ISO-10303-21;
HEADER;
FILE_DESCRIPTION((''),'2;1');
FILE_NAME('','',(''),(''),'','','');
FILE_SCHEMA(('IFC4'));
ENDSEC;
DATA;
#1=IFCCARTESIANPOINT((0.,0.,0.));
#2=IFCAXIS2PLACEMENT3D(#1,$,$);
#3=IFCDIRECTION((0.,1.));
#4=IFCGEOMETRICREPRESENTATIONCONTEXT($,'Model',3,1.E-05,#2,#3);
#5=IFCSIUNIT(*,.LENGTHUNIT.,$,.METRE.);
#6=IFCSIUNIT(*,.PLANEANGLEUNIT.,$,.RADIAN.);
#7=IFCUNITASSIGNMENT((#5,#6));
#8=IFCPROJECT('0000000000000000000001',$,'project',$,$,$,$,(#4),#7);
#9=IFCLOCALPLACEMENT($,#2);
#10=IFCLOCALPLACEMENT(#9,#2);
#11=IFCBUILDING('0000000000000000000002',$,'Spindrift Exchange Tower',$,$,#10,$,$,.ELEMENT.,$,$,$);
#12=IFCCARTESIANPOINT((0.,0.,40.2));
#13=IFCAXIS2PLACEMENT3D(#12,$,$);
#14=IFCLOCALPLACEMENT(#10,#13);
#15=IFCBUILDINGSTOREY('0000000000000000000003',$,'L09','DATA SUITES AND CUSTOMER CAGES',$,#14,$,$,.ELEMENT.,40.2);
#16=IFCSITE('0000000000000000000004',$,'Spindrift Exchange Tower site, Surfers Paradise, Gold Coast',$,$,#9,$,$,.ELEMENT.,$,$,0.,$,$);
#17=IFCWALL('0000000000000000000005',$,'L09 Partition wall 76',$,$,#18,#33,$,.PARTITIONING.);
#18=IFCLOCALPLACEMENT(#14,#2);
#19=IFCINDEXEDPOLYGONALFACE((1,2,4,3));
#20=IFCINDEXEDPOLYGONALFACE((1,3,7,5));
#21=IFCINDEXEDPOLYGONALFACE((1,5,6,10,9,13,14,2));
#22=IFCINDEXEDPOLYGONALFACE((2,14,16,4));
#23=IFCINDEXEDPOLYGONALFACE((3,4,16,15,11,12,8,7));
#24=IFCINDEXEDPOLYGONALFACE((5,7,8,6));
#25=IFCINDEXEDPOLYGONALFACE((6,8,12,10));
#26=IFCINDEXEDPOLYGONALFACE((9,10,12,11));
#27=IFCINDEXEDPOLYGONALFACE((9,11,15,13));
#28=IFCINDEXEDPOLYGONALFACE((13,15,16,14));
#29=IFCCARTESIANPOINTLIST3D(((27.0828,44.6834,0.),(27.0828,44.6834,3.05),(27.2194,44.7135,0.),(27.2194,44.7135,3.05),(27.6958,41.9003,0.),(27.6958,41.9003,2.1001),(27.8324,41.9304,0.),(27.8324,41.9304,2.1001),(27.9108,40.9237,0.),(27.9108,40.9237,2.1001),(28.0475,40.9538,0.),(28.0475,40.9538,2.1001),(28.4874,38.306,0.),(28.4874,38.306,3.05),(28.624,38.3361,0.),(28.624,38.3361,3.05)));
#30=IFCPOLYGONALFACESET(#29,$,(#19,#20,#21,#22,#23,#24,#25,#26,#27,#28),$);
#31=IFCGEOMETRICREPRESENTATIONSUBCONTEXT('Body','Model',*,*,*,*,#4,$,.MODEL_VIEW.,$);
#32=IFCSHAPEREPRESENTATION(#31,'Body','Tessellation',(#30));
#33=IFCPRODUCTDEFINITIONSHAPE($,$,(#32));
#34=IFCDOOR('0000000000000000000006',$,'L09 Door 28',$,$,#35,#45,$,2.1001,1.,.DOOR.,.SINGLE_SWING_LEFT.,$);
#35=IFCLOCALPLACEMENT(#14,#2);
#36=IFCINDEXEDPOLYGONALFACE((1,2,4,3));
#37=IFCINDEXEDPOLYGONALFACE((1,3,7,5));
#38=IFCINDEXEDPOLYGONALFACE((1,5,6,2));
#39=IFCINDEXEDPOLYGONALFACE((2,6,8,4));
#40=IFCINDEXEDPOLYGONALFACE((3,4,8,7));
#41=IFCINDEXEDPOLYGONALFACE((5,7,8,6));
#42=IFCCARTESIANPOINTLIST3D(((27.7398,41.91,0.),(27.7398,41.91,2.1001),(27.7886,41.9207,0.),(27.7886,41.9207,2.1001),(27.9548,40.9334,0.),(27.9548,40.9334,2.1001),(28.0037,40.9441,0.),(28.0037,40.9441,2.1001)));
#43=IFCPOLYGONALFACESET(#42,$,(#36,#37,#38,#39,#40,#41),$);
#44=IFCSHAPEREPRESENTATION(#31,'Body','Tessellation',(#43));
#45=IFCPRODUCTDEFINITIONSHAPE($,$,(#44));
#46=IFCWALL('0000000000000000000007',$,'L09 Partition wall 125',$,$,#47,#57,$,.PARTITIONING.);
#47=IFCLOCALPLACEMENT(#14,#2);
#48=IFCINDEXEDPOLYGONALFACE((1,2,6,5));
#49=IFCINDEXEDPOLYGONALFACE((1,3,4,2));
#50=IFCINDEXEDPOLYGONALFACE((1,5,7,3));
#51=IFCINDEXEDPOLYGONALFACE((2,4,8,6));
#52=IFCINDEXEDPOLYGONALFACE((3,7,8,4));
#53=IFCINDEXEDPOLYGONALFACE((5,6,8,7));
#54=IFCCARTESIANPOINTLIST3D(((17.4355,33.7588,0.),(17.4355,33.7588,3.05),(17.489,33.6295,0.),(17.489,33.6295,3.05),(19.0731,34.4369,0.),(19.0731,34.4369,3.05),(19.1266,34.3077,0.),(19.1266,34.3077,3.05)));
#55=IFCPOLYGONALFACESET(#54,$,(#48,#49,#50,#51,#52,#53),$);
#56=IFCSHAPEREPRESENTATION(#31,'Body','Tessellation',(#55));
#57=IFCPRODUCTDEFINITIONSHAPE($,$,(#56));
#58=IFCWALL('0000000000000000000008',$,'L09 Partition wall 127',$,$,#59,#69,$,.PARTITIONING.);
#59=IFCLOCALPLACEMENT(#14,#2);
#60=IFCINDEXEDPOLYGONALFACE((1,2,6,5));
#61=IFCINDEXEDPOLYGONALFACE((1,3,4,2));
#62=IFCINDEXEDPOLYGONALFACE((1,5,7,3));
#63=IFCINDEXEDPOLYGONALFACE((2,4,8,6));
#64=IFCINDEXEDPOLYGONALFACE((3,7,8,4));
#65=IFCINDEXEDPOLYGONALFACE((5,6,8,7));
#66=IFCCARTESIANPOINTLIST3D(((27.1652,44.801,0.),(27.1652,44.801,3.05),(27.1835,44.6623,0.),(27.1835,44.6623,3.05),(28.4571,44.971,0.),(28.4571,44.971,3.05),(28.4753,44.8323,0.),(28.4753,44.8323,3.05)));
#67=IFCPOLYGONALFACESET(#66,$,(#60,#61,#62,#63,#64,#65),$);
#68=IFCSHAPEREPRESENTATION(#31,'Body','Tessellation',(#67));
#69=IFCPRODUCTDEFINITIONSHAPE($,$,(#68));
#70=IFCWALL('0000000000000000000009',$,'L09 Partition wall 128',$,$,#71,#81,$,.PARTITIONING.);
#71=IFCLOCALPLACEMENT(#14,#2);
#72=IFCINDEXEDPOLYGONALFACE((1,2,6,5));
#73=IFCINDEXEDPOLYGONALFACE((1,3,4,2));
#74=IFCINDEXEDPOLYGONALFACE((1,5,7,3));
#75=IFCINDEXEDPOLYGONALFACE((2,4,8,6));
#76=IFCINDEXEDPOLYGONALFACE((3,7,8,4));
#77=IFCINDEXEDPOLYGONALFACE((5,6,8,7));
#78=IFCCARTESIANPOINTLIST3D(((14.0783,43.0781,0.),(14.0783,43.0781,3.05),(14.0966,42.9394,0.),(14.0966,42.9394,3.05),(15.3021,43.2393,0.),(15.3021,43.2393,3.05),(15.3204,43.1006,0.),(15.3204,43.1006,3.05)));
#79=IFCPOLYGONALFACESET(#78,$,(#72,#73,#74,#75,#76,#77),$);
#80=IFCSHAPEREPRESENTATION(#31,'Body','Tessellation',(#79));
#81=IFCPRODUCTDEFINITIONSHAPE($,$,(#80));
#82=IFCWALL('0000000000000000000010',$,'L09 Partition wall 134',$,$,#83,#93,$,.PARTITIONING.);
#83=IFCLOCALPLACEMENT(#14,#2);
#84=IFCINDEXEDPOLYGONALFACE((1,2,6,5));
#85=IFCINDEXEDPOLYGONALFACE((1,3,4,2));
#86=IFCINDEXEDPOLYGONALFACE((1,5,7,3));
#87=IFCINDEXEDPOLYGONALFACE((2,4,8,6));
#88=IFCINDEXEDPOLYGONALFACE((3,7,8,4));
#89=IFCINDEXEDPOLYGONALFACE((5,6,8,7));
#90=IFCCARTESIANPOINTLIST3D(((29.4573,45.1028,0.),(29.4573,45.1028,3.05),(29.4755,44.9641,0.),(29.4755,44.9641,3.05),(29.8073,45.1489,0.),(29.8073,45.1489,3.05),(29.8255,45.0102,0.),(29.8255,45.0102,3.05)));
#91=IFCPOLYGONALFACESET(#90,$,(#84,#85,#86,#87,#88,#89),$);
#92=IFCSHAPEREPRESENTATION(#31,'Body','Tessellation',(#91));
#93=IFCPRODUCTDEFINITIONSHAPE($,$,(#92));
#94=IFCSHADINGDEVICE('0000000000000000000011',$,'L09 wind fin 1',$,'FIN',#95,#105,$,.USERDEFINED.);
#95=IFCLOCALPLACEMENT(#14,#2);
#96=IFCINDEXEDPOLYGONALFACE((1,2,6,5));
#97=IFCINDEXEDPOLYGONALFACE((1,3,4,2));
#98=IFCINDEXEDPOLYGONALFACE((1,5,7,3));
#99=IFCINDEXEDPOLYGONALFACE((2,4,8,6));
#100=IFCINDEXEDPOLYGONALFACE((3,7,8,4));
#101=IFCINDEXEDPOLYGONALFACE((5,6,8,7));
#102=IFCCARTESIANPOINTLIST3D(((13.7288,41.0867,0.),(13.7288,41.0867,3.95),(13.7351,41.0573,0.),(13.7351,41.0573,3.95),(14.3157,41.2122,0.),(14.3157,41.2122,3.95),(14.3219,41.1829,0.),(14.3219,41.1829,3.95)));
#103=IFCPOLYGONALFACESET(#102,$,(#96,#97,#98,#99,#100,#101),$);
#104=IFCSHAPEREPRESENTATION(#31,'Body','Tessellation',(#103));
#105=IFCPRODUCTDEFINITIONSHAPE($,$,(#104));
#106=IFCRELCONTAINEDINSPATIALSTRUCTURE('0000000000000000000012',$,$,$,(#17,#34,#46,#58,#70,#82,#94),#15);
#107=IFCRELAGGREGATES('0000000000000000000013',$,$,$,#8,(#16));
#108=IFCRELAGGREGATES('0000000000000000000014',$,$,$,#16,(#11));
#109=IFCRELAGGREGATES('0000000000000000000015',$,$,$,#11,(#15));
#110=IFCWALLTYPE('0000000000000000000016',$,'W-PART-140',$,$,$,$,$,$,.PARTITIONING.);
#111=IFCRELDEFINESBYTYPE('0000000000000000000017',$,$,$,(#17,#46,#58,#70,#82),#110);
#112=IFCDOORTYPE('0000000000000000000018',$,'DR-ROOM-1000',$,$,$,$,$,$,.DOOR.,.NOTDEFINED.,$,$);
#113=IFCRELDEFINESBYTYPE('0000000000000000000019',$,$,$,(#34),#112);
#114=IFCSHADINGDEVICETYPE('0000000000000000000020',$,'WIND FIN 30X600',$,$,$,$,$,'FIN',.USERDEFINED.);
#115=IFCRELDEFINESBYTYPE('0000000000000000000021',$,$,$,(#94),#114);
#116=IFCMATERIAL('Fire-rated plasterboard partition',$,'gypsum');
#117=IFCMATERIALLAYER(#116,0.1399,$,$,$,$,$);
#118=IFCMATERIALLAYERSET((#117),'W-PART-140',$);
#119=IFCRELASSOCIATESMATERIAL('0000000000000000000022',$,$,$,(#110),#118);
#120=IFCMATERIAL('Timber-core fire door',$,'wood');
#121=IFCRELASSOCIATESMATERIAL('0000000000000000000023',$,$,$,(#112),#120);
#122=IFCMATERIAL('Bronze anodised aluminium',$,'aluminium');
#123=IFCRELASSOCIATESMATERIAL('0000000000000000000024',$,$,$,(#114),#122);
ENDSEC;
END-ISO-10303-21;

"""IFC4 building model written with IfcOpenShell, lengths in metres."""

from ifc_helpers import new_model, si_unit, direction, frame, frame_2d, origin, origin_2d, place, context, subcontext, project, spatial, rectangle, extrude, source, transform, mapped, material, layer, layer_set, material_profile, profile_set, type_object, element, fill, save


model = new_model("IFC4")

# Units and contexts
model_context = context("Model", 3, precision=1e-05, world=origin(), true_north=direction((0.0, 1.0)))
body_context = subcontext(model_context, "Body", "Model", "MODEL_VIEW")
ifc_project = project(units=[si_unit("LENGTHUNIT", "METRE"), si_unit("PLANEANGLEUNIT", "RADIAN")], contexts=[model_context])

# Site, building, storey
site_placement = place(None, origin())
site = spatial("IfcSite", under=ifc_project, at=site_placement, Name="Spindrift Exchange Tower site, Surfers Paradise, Gold Coast", CompositionType="ELEMENT", RefElevation=0.0)
building_placement = place(site_placement, origin())
building = spatial("IfcBuilding", under=site, at=building_placement, Name="Spindrift Exchange Tower", CompositionType="ELEMENT")
storey_placement = place(building_placement, frame((0.0, 0.0, 40.2)))
storey = spatial("IfcBuildingStorey", under=building, at=storey_placement, Name="L09", Description="DATA SUITES AND CUSTOMER CAGES", CompositionType="ELEMENT", Elevation=40.2)

# Shared definitions
ifc_material_1 = material(Name="Bronze anodised aluminium", Category="aluminium")

# Shared definitions
ifc_material_2 = material(Name="Fire-rated plasterboard partition", Category="gypsum")
ifc_layer_1 = layer(ifc_material_2, 0.1399)
ifc_layer_set_1 = layer_set([ifc_layer_1], Name="W-PART-140")
wall_type = type_object("IfcWallType", Name="W-PART-140", PredefinedType="PARTITIONING", material=ifc_layer_set_1)
ifc_material_3 = material(Name="Timber-core fire door", Category="wood")
door_type = type_object("IfcDoorType", Name="DR-ROOM-1000", OperationType="NOTDEFINED", PredefinedType="DOOR", material=ifc_material_3)
shared_shape_1 = source(origin(), body_context, "Body", "SweptSolid", [
    extrude(rectangle(XDim=1.0, YDim=2.1001, at=frame_2d((0.5, 1.05))), frame((0.0, 0.0249, 0.0), z_axis=(0.0, -1.0, 0.0), x_axis=(1.0, 0.0, 0.0)), (0.0, 0.0, 1.0), 0.05),
])

# Wall, opening, door
wall_1_placement = place(storey_placement, frame((28.5557, 38.321, 0.0), z_axis=(0.0, 0.0, 1.0), x_axis=(-0.215081, 0.976596, 0.0)))
wall_1 = element("IfcWall", 1, at=wall_1_placement, inside=storey, type_object=wall_type, Name="L09 Partition wall 76", PredefinedType="PARTITIONING", context=body_context, shape_type="SweptSolid", body=[
    extrude(rectangle(XDim=6.5303, YDim=0.1399, at=frame_2d((3.2651, 0.0))), origin(), (0.0, 0.0, 1.0), 3.05),
])
opening_1_placement = place(wall_1_placement, frame((2.6804, 0.0, 0.0)))
opening_1 = element("IfcOpeningElement", 2, at=opening_1_placement, cuts=wall_1, PredefinedType="OPENING", context=body_context, shape_type="SweptSolid", body=[
    extrude(rectangle(XDim=1.0, YDim=2.1001, at=frame_2d((0.5, 1.05))), frame((0.0, 0.0798, 0.0), z_axis=(0.0, -1.0, 0.0), x_axis=(1.0, 0.0, 0.0)), (0.0, 0.0, 1.0), 0.1599),
])
door_1_placement = place(opening_1_placement, origin())
door_1 = element("IfcDoor", 3, at=door_1_placement, inside=storey, type_object=door_type, Name="L09 Door 28", OperationType="SINGLE_SWING_LEFT", OverallHeight=2.1001, OverallWidth=1.0, PredefinedType="DOOR", context=body_context, shape_type="MappedRepresentation", body=[
    mapped(shared_shape_1, transform((0.0, 0.0, 0.0), scale=1.0)),
])
fill(opening_1, door_1)

# Walls
wall_2_placement = place(storey_placement, frame((19.0999, 34.3723, 0.0), z_axis=(0.0, 0.0, 1.0), x_axis=(-0.923906, -0.382619, 0.0)))
element("IfcWall", 4, at=wall_2_placement, inside=storey, type_object=wall_type, Name="L09 Partition wall 125", PredefinedType="PARTITIONING", context=body_context, shape_type="SweptSolid", body=[
    extrude(rectangle(XDim=1.7725, YDim=0.1399, at=frame_2d((0.8862, 0.0))), origin(), (0.0, 0.0, 1.0), 3.05),
])
wall_3_placement = place(storey_placement, frame((28.4661, 44.9016, 0.0), z_axis=(0.0, 0.0, 1.0), x_axis=(-0.991459, -0.130421, 0.0)))
element("IfcWall", 5, at=wall_3_placement, inside=storey, type_object=wall_type, Name="L09 Partition wall 127", PredefinedType="PARTITIONING", context=body_context, shape_type="SweptSolid", body=[
    extrude(rectangle(XDim=1.303, YDim=0.1399, at=frame_2d((0.6514, 0.0))), origin(), (0.0, 0.0, 1.0), 3.05),
])
wall_4_placement = place(storey_placement, frame((15.3113, 43.1699, 0.0), z_axis=(0.0, 0.0, 1.0), x_axis=(-0.991444, -0.130531, 0.0)))
element("IfcWall", 6, at=wall_4_placement, inside=storey, type_object=wall_type, Name="L09 Partition wall 128", PredefinedType="PARTITIONING", context=body_context, shape_type="SweptSolid", body=[
    extrude(rectangle(XDim=1.2344, YDim=0.1399, at=frame_2d((0.6172, 0.0))), origin(), (0.0, 0.0, 1.0), 3.05),
])
wall_5_placement = place(storey_placement, frame((29.8164, 45.0796, 0.0), z_axis=(0.0, 0.0, 1.0), x_axis=(-0.991426, -0.130669, 0.0)))
element("IfcWall", 7, at=wall_5_placement, inside=storey, type_object=wall_type, Name="L09 Partition wall 134", PredefinedType="PARTITIONING", context=body_context, shape_type="SweptSolid", body=[
    extrude(rectangle(XDim=0.353, YDim=0.1399, at=frame_2d((0.1765, 0.0))), origin(), (0.0, 0.0, 1.0), 3.05),
])

# Shading device
ifc_material_profile_1 = material_profile(ifc_material_1, rectangle(XDim=0.03, YDim=0.6001, at=origin_2d()), Name="WIND FIN 30X600")
ifc_profile_set_1 = profile_set([ifc_material_profile_1], Name="Bronze anodised aluminium")
shading_device_type = type_object("IfcShadingDeviceType", Name="WIND FIN 30X600", ElementType="FIN", PredefinedType="USERDEFINED", material=ifc_profile_set_1)
shared_shape_2 = source(origin(), body_context, "Body", "SweptSolid", [
    extrude(rectangle(XDim=0.03, YDim=0.6001, at=origin_2d()), origin(), (0.0, 0.0, 1.0), 3.95),
])
shading_device_placement = place(storey_placement, frame((14.0254, 41.1348, 0.0), z_axis=(0.0, 0.0, 1.0), x_axis=(0.20919, -0.977875, 0.0)))
element("IfcShadingDevice", 8, at=shading_device_placement, inside=storey, type_object=shading_device_type, Name="L09 wind fin 1", ObjectType="FIN", PredefinedType="USERDEFINED", context=body_context, shape_type="MappedRepresentation", body=[
    mapped(shared_shape_2, transform((0.0, 0.0, 0.0), scale=1.0)),
])

save(model, "model.ifc")
